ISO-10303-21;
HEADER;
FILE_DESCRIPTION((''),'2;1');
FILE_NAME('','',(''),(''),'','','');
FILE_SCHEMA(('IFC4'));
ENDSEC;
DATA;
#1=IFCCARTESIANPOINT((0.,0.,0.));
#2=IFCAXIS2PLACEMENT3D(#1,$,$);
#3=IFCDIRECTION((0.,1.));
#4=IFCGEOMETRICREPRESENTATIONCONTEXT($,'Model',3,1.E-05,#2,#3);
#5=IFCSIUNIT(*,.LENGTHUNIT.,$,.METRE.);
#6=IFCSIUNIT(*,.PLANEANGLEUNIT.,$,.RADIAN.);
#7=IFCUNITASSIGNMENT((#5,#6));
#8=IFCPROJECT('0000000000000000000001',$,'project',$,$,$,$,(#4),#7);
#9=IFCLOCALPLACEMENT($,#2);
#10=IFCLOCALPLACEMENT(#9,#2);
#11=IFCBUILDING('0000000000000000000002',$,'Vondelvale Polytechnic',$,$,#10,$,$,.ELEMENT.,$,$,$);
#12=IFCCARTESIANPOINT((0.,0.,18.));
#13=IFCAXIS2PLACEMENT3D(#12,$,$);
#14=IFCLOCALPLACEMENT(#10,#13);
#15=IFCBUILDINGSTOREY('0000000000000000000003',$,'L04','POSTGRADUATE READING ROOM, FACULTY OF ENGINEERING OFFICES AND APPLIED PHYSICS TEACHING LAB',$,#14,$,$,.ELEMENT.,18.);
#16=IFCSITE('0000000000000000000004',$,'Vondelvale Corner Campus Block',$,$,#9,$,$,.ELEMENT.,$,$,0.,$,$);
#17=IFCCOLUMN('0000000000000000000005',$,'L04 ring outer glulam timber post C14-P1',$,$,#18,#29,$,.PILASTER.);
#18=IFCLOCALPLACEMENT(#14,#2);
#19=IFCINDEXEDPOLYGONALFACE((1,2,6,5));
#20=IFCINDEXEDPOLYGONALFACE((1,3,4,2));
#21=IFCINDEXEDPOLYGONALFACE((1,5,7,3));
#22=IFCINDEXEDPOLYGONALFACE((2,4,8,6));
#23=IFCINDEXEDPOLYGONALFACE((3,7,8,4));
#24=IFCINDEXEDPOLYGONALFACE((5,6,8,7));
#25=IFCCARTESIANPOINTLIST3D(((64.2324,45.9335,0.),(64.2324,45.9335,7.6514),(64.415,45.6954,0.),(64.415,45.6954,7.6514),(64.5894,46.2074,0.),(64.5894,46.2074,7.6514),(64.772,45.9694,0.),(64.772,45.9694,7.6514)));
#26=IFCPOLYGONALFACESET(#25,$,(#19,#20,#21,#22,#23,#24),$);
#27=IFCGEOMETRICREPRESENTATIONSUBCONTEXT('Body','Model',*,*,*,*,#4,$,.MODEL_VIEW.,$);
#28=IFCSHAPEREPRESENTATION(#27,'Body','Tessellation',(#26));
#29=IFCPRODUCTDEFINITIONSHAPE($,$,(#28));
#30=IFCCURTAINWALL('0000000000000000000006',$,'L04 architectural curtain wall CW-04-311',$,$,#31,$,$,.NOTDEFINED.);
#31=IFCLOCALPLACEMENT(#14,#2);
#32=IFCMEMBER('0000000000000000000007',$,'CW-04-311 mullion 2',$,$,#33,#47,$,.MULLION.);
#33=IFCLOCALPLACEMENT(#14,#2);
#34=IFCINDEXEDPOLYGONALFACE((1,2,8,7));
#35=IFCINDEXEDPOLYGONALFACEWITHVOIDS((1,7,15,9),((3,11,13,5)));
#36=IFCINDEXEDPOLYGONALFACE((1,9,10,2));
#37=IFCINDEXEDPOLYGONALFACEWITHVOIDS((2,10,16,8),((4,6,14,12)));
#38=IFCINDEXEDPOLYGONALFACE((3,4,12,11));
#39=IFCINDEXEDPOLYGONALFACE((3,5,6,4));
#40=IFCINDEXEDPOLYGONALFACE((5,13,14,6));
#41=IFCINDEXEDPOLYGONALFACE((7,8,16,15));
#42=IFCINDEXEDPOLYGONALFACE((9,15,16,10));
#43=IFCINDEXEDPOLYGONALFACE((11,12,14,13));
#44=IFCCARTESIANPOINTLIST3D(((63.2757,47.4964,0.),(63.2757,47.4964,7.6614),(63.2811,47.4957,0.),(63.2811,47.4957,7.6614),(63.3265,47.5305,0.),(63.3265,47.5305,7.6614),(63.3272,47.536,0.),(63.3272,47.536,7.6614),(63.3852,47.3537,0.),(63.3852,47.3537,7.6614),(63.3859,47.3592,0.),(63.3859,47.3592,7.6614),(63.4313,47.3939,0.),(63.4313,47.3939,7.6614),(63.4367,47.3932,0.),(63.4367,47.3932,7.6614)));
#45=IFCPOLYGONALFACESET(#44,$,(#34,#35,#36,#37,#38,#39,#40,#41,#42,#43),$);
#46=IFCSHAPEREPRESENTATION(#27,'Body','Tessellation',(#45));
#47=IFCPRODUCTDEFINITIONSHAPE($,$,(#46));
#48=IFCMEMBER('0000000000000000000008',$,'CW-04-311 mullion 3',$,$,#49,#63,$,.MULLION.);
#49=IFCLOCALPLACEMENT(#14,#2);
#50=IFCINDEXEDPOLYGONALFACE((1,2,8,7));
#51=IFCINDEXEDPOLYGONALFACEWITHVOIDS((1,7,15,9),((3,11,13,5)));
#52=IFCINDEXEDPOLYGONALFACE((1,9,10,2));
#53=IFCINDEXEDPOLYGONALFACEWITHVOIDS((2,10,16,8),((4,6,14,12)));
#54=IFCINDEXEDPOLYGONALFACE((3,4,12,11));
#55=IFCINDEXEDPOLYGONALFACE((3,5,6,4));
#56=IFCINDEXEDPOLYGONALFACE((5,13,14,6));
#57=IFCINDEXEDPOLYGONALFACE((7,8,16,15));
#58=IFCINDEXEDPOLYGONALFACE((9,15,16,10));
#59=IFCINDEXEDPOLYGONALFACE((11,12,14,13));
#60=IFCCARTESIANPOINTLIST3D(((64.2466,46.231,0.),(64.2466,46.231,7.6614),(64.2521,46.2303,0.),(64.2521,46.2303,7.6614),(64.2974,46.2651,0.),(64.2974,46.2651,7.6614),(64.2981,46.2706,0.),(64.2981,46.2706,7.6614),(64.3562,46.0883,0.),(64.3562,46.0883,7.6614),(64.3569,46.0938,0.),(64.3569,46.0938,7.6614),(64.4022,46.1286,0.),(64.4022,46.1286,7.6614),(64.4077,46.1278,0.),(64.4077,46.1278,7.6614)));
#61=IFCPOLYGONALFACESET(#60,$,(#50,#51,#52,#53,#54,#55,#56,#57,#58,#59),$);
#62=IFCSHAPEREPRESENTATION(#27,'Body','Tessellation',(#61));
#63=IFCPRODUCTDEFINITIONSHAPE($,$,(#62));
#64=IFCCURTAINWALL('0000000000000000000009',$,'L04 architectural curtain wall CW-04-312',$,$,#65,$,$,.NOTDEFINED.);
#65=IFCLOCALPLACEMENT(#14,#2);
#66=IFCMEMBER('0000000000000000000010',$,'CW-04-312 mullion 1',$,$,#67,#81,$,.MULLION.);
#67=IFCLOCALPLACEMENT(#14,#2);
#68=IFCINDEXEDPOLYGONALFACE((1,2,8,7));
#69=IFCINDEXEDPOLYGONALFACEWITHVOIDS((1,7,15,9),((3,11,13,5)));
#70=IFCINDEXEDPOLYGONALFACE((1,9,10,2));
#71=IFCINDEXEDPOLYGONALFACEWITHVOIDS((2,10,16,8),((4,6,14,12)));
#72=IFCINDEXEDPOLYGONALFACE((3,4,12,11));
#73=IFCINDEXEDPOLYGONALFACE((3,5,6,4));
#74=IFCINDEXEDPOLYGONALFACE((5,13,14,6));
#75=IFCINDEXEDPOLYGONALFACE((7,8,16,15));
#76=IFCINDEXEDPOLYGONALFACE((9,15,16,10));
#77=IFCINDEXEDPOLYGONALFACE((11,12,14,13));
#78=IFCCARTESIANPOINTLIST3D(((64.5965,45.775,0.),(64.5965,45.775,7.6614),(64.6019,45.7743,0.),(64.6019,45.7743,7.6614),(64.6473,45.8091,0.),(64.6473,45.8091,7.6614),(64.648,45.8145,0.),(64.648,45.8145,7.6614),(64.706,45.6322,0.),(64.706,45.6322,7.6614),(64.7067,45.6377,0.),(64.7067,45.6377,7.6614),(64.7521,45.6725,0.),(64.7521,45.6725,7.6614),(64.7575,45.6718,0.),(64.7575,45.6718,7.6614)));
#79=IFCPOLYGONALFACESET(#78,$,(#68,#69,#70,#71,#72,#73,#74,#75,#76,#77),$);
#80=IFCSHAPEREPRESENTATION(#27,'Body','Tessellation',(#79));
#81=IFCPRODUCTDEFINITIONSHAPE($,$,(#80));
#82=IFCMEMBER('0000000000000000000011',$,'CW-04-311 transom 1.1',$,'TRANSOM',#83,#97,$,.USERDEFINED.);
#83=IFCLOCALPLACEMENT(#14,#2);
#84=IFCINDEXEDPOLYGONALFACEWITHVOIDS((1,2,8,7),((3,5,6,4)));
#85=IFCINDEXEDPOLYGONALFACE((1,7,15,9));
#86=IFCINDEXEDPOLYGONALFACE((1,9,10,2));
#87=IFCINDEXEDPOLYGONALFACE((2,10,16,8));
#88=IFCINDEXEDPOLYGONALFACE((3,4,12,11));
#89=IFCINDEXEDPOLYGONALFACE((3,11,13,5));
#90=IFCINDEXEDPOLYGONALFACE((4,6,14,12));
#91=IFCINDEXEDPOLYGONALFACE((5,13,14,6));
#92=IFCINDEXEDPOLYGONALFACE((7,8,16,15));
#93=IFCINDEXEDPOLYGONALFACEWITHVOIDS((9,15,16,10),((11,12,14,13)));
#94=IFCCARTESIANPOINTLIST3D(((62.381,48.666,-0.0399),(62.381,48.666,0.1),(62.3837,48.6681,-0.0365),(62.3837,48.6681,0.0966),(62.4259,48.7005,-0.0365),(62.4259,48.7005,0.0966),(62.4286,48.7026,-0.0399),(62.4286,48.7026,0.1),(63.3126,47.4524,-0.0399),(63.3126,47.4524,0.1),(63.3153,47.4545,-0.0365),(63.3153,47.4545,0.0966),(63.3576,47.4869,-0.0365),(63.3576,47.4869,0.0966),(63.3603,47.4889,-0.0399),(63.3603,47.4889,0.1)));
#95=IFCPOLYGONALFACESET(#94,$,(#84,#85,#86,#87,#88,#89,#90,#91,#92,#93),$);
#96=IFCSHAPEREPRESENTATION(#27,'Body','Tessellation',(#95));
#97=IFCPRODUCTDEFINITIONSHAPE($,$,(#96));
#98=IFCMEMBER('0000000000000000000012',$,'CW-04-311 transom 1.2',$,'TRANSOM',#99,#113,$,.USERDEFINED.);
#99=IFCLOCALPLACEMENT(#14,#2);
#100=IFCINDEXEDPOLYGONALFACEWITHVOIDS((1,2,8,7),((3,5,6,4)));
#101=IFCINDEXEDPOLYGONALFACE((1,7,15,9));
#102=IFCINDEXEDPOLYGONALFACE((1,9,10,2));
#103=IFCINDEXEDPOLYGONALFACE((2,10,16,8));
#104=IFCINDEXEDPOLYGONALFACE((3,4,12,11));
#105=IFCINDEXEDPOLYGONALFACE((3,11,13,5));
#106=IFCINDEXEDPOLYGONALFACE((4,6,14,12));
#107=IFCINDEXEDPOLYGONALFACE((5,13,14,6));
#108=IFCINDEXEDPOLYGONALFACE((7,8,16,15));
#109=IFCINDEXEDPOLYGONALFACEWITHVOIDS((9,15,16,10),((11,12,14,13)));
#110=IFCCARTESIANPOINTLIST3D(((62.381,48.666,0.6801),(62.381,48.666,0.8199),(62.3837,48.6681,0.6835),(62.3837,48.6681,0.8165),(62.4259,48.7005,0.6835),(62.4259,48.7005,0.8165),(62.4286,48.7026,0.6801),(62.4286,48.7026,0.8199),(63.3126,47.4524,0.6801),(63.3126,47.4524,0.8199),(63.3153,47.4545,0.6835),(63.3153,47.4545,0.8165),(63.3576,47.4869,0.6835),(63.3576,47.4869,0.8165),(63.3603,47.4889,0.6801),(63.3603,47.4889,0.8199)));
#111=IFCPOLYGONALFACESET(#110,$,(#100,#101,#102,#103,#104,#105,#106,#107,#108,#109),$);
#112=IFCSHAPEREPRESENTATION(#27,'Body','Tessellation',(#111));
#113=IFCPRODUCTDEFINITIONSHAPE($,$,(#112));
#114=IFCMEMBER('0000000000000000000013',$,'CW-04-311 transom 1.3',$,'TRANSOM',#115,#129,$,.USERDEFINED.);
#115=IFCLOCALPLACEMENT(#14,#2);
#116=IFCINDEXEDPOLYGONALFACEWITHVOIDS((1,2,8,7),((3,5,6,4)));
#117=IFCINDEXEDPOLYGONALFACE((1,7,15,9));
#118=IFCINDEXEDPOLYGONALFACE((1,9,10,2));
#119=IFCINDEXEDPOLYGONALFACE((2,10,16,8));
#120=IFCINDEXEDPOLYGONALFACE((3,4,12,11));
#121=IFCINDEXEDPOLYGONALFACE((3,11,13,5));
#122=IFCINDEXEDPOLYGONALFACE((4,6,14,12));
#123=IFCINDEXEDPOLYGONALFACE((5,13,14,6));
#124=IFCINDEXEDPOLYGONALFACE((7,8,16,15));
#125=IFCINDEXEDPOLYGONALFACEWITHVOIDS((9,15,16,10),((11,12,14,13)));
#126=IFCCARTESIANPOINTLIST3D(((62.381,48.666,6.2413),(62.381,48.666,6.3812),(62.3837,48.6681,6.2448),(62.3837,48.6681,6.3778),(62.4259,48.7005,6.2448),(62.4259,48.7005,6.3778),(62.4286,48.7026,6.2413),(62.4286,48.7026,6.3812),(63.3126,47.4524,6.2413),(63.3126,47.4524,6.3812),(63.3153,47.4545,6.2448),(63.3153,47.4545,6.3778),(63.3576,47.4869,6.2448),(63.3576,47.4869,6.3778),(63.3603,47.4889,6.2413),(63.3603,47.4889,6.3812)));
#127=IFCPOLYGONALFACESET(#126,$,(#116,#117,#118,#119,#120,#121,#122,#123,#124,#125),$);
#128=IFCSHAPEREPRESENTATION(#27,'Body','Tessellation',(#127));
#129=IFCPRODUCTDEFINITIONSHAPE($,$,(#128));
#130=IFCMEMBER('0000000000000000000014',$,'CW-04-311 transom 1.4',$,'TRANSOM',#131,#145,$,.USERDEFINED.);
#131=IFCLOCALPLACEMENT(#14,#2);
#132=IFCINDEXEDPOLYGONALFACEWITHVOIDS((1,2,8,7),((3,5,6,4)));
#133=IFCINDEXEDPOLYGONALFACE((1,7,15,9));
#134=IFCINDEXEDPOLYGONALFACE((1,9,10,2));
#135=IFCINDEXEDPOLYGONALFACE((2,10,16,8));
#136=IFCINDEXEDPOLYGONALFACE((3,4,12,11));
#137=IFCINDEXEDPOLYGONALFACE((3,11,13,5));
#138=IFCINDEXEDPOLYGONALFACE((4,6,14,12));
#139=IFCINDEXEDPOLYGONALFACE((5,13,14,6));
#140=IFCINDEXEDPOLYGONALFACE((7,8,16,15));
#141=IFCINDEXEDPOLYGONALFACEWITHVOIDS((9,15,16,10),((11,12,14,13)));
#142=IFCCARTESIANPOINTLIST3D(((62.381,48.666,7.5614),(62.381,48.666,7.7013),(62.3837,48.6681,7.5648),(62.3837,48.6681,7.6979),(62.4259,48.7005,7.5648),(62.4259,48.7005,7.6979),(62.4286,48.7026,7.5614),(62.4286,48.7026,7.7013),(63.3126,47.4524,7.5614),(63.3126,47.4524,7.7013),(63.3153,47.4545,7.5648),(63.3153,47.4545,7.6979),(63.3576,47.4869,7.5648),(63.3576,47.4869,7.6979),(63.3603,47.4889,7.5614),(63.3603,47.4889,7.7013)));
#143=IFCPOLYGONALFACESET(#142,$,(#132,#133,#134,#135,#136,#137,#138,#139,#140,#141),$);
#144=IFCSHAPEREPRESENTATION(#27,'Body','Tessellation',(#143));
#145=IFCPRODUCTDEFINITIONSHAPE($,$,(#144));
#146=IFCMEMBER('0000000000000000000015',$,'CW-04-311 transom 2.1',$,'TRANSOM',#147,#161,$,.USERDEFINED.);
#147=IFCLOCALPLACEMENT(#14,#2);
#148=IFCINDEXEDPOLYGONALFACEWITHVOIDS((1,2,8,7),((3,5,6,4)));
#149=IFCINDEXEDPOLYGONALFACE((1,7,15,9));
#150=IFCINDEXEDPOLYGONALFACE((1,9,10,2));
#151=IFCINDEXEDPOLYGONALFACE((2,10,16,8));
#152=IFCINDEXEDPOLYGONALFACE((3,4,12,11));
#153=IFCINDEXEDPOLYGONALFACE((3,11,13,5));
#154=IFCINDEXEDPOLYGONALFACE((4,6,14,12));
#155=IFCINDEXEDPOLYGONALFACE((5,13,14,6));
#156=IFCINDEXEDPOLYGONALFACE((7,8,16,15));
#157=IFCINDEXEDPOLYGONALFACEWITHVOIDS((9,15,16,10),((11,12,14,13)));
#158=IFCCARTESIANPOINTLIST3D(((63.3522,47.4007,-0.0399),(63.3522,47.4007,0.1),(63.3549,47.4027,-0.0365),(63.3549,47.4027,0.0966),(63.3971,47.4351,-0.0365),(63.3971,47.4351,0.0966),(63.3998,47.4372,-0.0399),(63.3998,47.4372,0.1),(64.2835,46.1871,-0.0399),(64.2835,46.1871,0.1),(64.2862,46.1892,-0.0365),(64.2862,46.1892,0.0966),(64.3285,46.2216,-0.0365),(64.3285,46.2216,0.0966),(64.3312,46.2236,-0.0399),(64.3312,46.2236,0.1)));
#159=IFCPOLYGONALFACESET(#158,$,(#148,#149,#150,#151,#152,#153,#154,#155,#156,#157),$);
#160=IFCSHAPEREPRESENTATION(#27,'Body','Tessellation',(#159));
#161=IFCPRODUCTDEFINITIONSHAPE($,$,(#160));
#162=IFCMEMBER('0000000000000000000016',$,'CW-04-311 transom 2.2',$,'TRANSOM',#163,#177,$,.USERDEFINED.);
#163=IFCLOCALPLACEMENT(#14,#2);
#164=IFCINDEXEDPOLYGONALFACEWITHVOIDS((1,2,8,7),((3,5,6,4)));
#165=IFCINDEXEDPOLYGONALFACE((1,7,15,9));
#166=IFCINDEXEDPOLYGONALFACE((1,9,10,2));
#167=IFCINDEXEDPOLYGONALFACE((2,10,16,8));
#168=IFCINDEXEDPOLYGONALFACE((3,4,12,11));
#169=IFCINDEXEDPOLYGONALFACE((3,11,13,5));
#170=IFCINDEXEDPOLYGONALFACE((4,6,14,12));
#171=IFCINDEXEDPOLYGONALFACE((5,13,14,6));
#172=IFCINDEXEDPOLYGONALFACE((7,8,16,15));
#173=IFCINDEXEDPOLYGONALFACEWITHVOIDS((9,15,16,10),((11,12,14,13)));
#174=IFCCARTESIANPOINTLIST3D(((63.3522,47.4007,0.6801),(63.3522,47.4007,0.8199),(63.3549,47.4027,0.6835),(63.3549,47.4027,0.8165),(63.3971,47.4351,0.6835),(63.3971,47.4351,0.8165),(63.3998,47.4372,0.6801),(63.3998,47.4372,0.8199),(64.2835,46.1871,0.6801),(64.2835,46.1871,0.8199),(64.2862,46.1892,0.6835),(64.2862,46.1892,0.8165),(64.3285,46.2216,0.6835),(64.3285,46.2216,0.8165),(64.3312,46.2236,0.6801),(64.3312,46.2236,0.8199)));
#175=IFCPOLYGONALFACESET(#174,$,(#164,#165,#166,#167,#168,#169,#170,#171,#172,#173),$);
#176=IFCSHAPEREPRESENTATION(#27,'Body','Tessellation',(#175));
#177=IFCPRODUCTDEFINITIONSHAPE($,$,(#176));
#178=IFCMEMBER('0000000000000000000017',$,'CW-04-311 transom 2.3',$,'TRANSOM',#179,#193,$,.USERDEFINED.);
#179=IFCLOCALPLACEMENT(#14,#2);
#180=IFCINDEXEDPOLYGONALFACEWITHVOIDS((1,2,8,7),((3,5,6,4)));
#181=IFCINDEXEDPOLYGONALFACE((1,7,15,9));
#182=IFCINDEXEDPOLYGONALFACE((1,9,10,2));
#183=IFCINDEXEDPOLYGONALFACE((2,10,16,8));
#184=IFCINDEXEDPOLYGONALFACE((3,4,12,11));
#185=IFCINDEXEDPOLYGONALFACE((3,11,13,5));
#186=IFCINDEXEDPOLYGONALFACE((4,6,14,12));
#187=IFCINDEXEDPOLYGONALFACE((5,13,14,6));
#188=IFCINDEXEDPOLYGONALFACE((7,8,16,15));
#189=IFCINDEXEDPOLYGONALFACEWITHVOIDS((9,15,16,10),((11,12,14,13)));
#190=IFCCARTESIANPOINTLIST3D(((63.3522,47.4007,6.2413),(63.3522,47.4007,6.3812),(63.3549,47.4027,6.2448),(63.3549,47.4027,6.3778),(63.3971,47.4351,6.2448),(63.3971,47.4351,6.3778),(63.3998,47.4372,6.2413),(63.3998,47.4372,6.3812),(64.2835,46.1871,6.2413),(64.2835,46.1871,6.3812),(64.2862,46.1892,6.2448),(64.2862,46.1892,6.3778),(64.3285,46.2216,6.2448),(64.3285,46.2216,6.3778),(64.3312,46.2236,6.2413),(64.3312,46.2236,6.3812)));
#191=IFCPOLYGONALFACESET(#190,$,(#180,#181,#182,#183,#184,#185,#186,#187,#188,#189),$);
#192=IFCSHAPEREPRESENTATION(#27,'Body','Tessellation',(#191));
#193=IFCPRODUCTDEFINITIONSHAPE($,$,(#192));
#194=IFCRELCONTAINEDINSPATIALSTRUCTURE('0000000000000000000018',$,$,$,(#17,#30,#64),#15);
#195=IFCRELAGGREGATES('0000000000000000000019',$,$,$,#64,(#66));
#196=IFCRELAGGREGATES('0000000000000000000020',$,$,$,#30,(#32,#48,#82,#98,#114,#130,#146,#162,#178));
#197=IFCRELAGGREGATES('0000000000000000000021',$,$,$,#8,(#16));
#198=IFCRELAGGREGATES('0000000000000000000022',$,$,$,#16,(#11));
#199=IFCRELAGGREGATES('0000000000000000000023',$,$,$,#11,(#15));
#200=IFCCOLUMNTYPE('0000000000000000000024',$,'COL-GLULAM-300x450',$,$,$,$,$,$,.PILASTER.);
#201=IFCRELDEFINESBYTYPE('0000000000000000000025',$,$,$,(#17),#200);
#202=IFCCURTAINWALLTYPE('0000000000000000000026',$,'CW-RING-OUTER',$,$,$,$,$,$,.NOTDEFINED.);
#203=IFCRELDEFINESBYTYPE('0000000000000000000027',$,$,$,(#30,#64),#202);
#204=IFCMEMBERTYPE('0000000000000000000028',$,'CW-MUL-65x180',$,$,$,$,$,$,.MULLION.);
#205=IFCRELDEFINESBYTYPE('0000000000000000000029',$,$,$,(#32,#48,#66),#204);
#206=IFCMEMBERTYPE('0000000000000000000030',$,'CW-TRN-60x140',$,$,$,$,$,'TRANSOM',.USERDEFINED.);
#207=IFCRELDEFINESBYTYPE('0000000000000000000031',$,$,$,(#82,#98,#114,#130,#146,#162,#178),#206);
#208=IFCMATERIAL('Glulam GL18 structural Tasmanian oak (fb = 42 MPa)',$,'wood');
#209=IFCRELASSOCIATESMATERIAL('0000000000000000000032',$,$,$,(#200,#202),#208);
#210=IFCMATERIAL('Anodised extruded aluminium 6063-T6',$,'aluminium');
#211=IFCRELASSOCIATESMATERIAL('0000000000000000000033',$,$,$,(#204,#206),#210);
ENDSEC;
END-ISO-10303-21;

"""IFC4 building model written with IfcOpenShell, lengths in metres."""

from ifc_helpers import new_model, si_unit, direction, frame, origin, origin_2d, place, context, subcontext, project, spatial, rectangle, hollow_rectangle, extrude, material, material_profile, profile_set, type_object, element, aggregate, save


model = new_model("IFC4")

# Units and contexts
model_context = context("Model", 3, precision=1e-05, world=origin(), true_north=direction((0.0, 1.0)))
body_context = subcontext(model_context, "Body", "Model", "MODEL_VIEW")
ifc_project = project(units=[si_unit("LENGTHUNIT", "METRE"), si_unit("PLANEANGLEUNIT", "RADIAN")], contexts=[model_context])

# Site, building, storey
site_placement = place(None, origin())
site = spatial("IfcSite", under=ifc_project, at=site_placement, Name="Vondelvale Corner Campus Block", CompositionType="ELEMENT", RefElevation=0.0)
building_placement = place(site_placement, origin())
building = spatial("IfcBuilding", under=site, at=building_placement, Name="Vondelvale Polytechnic", CompositionType="ELEMENT")
storey_placement = place(building_placement, frame((0.0, 0.0, 18.0)))
storey = spatial("IfcBuildingStorey", under=building, at=storey_placement, Name="L04", Description="POSTGRADUATE READING ROOM, FACULTY OF ENGINEERING OFFICES AND APPLIED PHYSICS TEACHING LAB", CompositionType="ELEMENT", Elevation=18.0)

# Column
ifc_material_1 = material(Name="Glulam GL18 structural Tasmanian oak (fb = 42 MPa)", Category="wood")
ifc_material_profile_1 = material_profile(ifc_material_1, rectangle(XDim=0.3, YDim=0.45, at=origin_2d()), Name="GL-POST-300x450")
ifc_profile_set_1 = profile_set([ifc_material_profile_1], Name="Glulam GL18 structural Tasmanian oak (fb = 42 MPa)")
column_type = type_object("IfcColumnType", Name="COL-GLULAM-300x450", PredefinedType="PILASTER", material=ifc_profile_set_1)
column_placement = place(storey_placement, frame((64.5022, 45.9514, 0.0), z_axis=(0.0, 0.0, 1.0), x_axis=(-0.608761, 0.793353, 0.0)))
element("IfcColumn", 1, at=column_placement, inside=storey, type_object=column_type, Name="L04 ring outer glulam timber post C14-P1", PredefinedType="PILASTER", context=body_context, shape_type="SweptSolid", body=[
    extrude(rectangle(XDim=0.3, YDim=0.45, at=origin_2d()), origin(), (0.0, 0.0, 1.0), 7.6514),
])

# Curtain wall, members
curtain_wall_type = type_object("IfcCurtainWallType", Name="CW-RING-OUTER", PredefinedType="NOTDEFINED", material=ifc_material_1)
curtain_wall_1_placement = place(storey_placement, origin())
curtain_wall_1 = element("IfcCurtainWall", 2, at=curtain_wall_1_placement, inside=storey, type_object=curtain_wall_type, Name="L04 architectural curtain wall CW-04-311", PredefinedType="NOTDEFINED")
ifc_material_2 = material(Name="Anodised extruded aluminium 6063-T6", Category="aluminium")
ifc_material_profile_2 = material_profile(ifc_material_2, hollow_rectangle(XDim=0.0649, YDim=0.1799, WallThickness=0.0039, at=origin_2d()), Name="CW-MUL-180x65")
ifc_profile_set_2 = profile_set([ifc_material_profile_2], Name="Anodised extruded aluminium 6063-T6")
member_type_1 = type_object("IfcMemberType", Name="CW-MUL-65x180", PredefinedType="MULLION", material=ifc_profile_set_2)
member_1_placement = place(storey_placement, frame((63.3562, 47.4448, 0.0), z_axis=(0.0, 0.0, 1.0), x_axis=(0.793334, 0.608787, 0.0)))
member_1 = element("IfcMember", 3, at=member_1_placement, type_object=member_type_1, Name="CW-04-311 mullion 2", PredefinedType="MULLION", context=body_context, shape_type="SweptSolid", body=[
    extrude(hollow_rectangle(XDim=0.0649, YDim=0.1799, WallThickness=0.0039, at=origin_2d()), origin(), (0.0, 0.0, 1.0), 7.6614),
])
member_2_placement = place(storey_placement, frame((64.3271, 46.1794, 0.0), z_axis=(0.0, 0.0, 1.0), x_axis=(0.793334, 0.608787, 0.0)))
member_2 = element("IfcMember", 4, at=member_2_placement, type_object=member_type_1, Name="CW-04-311 mullion 3", PredefinedType="MULLION", context=body_context, shape_type="SweptSolid", body=[
    extrude(hollow_rectangle(XDim=0.0649, YDim=0.1799, WallThickness=0.0039, at=origin_2d()), origin(), (0.0, 0.0, 1.0), 7.6614),
])

# Curtain wall, member
curtain_wall_2_placement = place(storey_placement, origin())
curtain_wall_2 = element("IfcCurtainWall", 5, at=curtain_wall_2_placement, inside=storey, type_object=curtain_wall_type, Name="L04 architectural curtain wall CW-04-312", PredefinedType="NOTDEFINED")
member_3_placement = place(storey_placement, frame((64.677, 45.7234, 0.0), z_axis=(0.0, 0.0, 1.0), x_axis=(0.793346, 0.608771, 0.0)))
member_3 = element("IfcMember", 6, at=member_3_placement, type_object=member_type_1, Name="CW-04-312 mullion 1", PredefinedType="MULLION", context=body_context, shape_type="SweptSolid", body=[
    extrude(hollow_rectangle(XDim=0.0649, YDim=0.1799, WallThickness=0.0039, at=origin_2d()), origin(), (0.0, 0.0, 1.0), 7.6614),
])

# Members
ifc_material_profile_3 = material_profile(ifc_material_2, hollow_rectangle(XDim=0.0601, YDim=0.1399, WallThickness=0.0034, at=origin_2d()), Name="CW-TRN-140x60")
ifc_profile_set_3 = profile_set([ifc_material_profile_3], Name="Anodised extruded aluminium 6063-T6")
member_type_2 = type_object("IfcMemberType", Name="CW-TRN-60x140", ElementType="TRANSOM", PredefinedType="USERDEFINED", material=ifc_profile_set_3)
member_4_placement = place(storey_placement, frame((62.4048, 48.6843, 0.03), z_axis=(0.608924, -0.793229, 0.0), x_axis=(0.793229, 0.608924, 0.0)))
member_4 = element("IfcMember", 7, at=member_4_placement, type_object=member_type_2, Name="CW-04-311 transom 1.1", ObjectType="TRANSOM", PredefinedType="USERDEFINED", context=body_context, shape_type="SweptSolid", body=[
    extrude(hollow_rectangle(XDim=0.0601, YDim=0.1399, WallThickness=0.0034, at=origin_2d()), origin(), (0.0, 0.0, 1.0), 1.53),
])
member_5_placement = place(storey_placement, frame((62.4048, 48.6843, 0.75), z_axis=(0.608924, -0.793229, 0.0), x_axis=(0.793229, 0.608924, 0.0)))
member_5 = element("IfcMember", 8, at=member_5_placement, type_object=member_type_2, Name="CW-04-311 transom 1.2", ObjectType="TRANSOM", PredefinedType="USERDEFINED", context=body_context, shape_type="SweptSolid", body=[
    extrude(hollow_rectangle(XDim=0.0601, YDim=0.1399, WallThickness=0.0034, at=origin_2d()), origin(), (0.0, 0.0, 1.0), 1.53),
])
member_6_placement = place(storey_placement, frame((62.4048, 48.6843, 6.3113), z_axis=(0.608924, -0.793229, 0.0), x_axis=(0.793229, 0.608924, 0.0)))
member_6 = element("IfcMember", 9, at=member_6_placement, type_object=member_type_2, Name="CW-04-311 transom 1.3", ObjectType="TRANSOM", PredefinedType="USERDEFINED", context=body_context, shape_type="SweptSolid", body=[
    extrude(hollow_rectangle(XDim=0.0601, YDim=0.1399, WallThickness=0.0034, at=origin_2d()), origin(), (0.0, 0.0, 1.0), 1.53),
])
member_7_placement = place(storey_placement, frame((62.4048, 48.6843, 7.6313), z_axis=(0.608924, -0.793229, 0.0), x_axis=(0.793229, 0.608924, 0.0)))
member_7 = element("IfcMember", 10, at=member_7_placement, type_object=member_type_2, Name="CW-04-311 transom 1.4", ObjectType="TRANSOM", PredefinedType="USERDEFINED", context=body_context, shape_type="SweptSolid", body=[
    extrude(hollow_rectangle(XDim=0.0601, YDim=0.1399, WallThickness=0.0034, at=origin_2d()), origin(), (0.0, 0.0, 1.0), 1.53),
])
member_8_placement = place(storey_placement, frame((63.376, 47.4189, 0.03), z_axis=(0.608823, -0.793306, 0.0), x_axis=(0.793306, 0.608823, 0.0)))
member_8 = element("IfcMember", 11, at=member_8_placement, type_object=member_type_2, Name="CW-04-311 transom 2.1", ObjectType="TRANSOM", PredefinedType="USERDEFINED", context=body_context, shape_type="SweptSolid", body=[
    extrude(hollow_rectangle(XDim=0.0601, YDim=0.1399, WallThickness=0.0034, at=origin_2d()), origin(), (0.0, 0.0, 1.0), 1.5298),
])
member_9_placement = place(storey_placement, frame((63.376, 47.4189, 0.75), z_axis=(0.608823, -0.793306, 0.0), x_axis=(0.793306, 0.608823, 0.0)))
member_9 = element("IfcMember", 12, at=member_9_placement, type_object=member_type_2, Name="CW-04-311 transom 2.2", ObjectType="TRANSOM", PredefinedType="USERDEFINED", context=body_context, shape_type="SweptSolid", body=[
    extrude(hollow_rectangle(XDim=0.0601, YDim=0.1399, WallThickness=0.0034, at=origin_2d()), origin(), (0.0, 0.0, 1.0), 1.5298),
])
member_10_placement = place(storey_placement, frame((63.376, 47.4189, 6.3113), z_axis=(0.608823, -0.793306, 0.0), x_axis=(0.793306, 0.608823, 0.0)))
member_10 = element("IfcMember", 13, at=member_10_placement, type_object=member_type_2, Name="CW-04-311 transom 2.3", ObjectType="TRANSOM", PredefinedType="USERDEFINED", context=body_context, shape_type="SweptSolid", body=[
    extrude(hollow_rectangle(XDim=0.0601, YDim=0.1399, WallThickness=0.0034, at=origin_2d()), origin(), (0.0, 0.0, 1.0), 1.5298),
])

aggregate(curtain_wall_2, [member_3])
aggregate(curtain_wall_1, [member_1, member_2, member_4, member_5, member_6, member_7, member_8, member_9, member_10])

save(model, "model.ifc")
